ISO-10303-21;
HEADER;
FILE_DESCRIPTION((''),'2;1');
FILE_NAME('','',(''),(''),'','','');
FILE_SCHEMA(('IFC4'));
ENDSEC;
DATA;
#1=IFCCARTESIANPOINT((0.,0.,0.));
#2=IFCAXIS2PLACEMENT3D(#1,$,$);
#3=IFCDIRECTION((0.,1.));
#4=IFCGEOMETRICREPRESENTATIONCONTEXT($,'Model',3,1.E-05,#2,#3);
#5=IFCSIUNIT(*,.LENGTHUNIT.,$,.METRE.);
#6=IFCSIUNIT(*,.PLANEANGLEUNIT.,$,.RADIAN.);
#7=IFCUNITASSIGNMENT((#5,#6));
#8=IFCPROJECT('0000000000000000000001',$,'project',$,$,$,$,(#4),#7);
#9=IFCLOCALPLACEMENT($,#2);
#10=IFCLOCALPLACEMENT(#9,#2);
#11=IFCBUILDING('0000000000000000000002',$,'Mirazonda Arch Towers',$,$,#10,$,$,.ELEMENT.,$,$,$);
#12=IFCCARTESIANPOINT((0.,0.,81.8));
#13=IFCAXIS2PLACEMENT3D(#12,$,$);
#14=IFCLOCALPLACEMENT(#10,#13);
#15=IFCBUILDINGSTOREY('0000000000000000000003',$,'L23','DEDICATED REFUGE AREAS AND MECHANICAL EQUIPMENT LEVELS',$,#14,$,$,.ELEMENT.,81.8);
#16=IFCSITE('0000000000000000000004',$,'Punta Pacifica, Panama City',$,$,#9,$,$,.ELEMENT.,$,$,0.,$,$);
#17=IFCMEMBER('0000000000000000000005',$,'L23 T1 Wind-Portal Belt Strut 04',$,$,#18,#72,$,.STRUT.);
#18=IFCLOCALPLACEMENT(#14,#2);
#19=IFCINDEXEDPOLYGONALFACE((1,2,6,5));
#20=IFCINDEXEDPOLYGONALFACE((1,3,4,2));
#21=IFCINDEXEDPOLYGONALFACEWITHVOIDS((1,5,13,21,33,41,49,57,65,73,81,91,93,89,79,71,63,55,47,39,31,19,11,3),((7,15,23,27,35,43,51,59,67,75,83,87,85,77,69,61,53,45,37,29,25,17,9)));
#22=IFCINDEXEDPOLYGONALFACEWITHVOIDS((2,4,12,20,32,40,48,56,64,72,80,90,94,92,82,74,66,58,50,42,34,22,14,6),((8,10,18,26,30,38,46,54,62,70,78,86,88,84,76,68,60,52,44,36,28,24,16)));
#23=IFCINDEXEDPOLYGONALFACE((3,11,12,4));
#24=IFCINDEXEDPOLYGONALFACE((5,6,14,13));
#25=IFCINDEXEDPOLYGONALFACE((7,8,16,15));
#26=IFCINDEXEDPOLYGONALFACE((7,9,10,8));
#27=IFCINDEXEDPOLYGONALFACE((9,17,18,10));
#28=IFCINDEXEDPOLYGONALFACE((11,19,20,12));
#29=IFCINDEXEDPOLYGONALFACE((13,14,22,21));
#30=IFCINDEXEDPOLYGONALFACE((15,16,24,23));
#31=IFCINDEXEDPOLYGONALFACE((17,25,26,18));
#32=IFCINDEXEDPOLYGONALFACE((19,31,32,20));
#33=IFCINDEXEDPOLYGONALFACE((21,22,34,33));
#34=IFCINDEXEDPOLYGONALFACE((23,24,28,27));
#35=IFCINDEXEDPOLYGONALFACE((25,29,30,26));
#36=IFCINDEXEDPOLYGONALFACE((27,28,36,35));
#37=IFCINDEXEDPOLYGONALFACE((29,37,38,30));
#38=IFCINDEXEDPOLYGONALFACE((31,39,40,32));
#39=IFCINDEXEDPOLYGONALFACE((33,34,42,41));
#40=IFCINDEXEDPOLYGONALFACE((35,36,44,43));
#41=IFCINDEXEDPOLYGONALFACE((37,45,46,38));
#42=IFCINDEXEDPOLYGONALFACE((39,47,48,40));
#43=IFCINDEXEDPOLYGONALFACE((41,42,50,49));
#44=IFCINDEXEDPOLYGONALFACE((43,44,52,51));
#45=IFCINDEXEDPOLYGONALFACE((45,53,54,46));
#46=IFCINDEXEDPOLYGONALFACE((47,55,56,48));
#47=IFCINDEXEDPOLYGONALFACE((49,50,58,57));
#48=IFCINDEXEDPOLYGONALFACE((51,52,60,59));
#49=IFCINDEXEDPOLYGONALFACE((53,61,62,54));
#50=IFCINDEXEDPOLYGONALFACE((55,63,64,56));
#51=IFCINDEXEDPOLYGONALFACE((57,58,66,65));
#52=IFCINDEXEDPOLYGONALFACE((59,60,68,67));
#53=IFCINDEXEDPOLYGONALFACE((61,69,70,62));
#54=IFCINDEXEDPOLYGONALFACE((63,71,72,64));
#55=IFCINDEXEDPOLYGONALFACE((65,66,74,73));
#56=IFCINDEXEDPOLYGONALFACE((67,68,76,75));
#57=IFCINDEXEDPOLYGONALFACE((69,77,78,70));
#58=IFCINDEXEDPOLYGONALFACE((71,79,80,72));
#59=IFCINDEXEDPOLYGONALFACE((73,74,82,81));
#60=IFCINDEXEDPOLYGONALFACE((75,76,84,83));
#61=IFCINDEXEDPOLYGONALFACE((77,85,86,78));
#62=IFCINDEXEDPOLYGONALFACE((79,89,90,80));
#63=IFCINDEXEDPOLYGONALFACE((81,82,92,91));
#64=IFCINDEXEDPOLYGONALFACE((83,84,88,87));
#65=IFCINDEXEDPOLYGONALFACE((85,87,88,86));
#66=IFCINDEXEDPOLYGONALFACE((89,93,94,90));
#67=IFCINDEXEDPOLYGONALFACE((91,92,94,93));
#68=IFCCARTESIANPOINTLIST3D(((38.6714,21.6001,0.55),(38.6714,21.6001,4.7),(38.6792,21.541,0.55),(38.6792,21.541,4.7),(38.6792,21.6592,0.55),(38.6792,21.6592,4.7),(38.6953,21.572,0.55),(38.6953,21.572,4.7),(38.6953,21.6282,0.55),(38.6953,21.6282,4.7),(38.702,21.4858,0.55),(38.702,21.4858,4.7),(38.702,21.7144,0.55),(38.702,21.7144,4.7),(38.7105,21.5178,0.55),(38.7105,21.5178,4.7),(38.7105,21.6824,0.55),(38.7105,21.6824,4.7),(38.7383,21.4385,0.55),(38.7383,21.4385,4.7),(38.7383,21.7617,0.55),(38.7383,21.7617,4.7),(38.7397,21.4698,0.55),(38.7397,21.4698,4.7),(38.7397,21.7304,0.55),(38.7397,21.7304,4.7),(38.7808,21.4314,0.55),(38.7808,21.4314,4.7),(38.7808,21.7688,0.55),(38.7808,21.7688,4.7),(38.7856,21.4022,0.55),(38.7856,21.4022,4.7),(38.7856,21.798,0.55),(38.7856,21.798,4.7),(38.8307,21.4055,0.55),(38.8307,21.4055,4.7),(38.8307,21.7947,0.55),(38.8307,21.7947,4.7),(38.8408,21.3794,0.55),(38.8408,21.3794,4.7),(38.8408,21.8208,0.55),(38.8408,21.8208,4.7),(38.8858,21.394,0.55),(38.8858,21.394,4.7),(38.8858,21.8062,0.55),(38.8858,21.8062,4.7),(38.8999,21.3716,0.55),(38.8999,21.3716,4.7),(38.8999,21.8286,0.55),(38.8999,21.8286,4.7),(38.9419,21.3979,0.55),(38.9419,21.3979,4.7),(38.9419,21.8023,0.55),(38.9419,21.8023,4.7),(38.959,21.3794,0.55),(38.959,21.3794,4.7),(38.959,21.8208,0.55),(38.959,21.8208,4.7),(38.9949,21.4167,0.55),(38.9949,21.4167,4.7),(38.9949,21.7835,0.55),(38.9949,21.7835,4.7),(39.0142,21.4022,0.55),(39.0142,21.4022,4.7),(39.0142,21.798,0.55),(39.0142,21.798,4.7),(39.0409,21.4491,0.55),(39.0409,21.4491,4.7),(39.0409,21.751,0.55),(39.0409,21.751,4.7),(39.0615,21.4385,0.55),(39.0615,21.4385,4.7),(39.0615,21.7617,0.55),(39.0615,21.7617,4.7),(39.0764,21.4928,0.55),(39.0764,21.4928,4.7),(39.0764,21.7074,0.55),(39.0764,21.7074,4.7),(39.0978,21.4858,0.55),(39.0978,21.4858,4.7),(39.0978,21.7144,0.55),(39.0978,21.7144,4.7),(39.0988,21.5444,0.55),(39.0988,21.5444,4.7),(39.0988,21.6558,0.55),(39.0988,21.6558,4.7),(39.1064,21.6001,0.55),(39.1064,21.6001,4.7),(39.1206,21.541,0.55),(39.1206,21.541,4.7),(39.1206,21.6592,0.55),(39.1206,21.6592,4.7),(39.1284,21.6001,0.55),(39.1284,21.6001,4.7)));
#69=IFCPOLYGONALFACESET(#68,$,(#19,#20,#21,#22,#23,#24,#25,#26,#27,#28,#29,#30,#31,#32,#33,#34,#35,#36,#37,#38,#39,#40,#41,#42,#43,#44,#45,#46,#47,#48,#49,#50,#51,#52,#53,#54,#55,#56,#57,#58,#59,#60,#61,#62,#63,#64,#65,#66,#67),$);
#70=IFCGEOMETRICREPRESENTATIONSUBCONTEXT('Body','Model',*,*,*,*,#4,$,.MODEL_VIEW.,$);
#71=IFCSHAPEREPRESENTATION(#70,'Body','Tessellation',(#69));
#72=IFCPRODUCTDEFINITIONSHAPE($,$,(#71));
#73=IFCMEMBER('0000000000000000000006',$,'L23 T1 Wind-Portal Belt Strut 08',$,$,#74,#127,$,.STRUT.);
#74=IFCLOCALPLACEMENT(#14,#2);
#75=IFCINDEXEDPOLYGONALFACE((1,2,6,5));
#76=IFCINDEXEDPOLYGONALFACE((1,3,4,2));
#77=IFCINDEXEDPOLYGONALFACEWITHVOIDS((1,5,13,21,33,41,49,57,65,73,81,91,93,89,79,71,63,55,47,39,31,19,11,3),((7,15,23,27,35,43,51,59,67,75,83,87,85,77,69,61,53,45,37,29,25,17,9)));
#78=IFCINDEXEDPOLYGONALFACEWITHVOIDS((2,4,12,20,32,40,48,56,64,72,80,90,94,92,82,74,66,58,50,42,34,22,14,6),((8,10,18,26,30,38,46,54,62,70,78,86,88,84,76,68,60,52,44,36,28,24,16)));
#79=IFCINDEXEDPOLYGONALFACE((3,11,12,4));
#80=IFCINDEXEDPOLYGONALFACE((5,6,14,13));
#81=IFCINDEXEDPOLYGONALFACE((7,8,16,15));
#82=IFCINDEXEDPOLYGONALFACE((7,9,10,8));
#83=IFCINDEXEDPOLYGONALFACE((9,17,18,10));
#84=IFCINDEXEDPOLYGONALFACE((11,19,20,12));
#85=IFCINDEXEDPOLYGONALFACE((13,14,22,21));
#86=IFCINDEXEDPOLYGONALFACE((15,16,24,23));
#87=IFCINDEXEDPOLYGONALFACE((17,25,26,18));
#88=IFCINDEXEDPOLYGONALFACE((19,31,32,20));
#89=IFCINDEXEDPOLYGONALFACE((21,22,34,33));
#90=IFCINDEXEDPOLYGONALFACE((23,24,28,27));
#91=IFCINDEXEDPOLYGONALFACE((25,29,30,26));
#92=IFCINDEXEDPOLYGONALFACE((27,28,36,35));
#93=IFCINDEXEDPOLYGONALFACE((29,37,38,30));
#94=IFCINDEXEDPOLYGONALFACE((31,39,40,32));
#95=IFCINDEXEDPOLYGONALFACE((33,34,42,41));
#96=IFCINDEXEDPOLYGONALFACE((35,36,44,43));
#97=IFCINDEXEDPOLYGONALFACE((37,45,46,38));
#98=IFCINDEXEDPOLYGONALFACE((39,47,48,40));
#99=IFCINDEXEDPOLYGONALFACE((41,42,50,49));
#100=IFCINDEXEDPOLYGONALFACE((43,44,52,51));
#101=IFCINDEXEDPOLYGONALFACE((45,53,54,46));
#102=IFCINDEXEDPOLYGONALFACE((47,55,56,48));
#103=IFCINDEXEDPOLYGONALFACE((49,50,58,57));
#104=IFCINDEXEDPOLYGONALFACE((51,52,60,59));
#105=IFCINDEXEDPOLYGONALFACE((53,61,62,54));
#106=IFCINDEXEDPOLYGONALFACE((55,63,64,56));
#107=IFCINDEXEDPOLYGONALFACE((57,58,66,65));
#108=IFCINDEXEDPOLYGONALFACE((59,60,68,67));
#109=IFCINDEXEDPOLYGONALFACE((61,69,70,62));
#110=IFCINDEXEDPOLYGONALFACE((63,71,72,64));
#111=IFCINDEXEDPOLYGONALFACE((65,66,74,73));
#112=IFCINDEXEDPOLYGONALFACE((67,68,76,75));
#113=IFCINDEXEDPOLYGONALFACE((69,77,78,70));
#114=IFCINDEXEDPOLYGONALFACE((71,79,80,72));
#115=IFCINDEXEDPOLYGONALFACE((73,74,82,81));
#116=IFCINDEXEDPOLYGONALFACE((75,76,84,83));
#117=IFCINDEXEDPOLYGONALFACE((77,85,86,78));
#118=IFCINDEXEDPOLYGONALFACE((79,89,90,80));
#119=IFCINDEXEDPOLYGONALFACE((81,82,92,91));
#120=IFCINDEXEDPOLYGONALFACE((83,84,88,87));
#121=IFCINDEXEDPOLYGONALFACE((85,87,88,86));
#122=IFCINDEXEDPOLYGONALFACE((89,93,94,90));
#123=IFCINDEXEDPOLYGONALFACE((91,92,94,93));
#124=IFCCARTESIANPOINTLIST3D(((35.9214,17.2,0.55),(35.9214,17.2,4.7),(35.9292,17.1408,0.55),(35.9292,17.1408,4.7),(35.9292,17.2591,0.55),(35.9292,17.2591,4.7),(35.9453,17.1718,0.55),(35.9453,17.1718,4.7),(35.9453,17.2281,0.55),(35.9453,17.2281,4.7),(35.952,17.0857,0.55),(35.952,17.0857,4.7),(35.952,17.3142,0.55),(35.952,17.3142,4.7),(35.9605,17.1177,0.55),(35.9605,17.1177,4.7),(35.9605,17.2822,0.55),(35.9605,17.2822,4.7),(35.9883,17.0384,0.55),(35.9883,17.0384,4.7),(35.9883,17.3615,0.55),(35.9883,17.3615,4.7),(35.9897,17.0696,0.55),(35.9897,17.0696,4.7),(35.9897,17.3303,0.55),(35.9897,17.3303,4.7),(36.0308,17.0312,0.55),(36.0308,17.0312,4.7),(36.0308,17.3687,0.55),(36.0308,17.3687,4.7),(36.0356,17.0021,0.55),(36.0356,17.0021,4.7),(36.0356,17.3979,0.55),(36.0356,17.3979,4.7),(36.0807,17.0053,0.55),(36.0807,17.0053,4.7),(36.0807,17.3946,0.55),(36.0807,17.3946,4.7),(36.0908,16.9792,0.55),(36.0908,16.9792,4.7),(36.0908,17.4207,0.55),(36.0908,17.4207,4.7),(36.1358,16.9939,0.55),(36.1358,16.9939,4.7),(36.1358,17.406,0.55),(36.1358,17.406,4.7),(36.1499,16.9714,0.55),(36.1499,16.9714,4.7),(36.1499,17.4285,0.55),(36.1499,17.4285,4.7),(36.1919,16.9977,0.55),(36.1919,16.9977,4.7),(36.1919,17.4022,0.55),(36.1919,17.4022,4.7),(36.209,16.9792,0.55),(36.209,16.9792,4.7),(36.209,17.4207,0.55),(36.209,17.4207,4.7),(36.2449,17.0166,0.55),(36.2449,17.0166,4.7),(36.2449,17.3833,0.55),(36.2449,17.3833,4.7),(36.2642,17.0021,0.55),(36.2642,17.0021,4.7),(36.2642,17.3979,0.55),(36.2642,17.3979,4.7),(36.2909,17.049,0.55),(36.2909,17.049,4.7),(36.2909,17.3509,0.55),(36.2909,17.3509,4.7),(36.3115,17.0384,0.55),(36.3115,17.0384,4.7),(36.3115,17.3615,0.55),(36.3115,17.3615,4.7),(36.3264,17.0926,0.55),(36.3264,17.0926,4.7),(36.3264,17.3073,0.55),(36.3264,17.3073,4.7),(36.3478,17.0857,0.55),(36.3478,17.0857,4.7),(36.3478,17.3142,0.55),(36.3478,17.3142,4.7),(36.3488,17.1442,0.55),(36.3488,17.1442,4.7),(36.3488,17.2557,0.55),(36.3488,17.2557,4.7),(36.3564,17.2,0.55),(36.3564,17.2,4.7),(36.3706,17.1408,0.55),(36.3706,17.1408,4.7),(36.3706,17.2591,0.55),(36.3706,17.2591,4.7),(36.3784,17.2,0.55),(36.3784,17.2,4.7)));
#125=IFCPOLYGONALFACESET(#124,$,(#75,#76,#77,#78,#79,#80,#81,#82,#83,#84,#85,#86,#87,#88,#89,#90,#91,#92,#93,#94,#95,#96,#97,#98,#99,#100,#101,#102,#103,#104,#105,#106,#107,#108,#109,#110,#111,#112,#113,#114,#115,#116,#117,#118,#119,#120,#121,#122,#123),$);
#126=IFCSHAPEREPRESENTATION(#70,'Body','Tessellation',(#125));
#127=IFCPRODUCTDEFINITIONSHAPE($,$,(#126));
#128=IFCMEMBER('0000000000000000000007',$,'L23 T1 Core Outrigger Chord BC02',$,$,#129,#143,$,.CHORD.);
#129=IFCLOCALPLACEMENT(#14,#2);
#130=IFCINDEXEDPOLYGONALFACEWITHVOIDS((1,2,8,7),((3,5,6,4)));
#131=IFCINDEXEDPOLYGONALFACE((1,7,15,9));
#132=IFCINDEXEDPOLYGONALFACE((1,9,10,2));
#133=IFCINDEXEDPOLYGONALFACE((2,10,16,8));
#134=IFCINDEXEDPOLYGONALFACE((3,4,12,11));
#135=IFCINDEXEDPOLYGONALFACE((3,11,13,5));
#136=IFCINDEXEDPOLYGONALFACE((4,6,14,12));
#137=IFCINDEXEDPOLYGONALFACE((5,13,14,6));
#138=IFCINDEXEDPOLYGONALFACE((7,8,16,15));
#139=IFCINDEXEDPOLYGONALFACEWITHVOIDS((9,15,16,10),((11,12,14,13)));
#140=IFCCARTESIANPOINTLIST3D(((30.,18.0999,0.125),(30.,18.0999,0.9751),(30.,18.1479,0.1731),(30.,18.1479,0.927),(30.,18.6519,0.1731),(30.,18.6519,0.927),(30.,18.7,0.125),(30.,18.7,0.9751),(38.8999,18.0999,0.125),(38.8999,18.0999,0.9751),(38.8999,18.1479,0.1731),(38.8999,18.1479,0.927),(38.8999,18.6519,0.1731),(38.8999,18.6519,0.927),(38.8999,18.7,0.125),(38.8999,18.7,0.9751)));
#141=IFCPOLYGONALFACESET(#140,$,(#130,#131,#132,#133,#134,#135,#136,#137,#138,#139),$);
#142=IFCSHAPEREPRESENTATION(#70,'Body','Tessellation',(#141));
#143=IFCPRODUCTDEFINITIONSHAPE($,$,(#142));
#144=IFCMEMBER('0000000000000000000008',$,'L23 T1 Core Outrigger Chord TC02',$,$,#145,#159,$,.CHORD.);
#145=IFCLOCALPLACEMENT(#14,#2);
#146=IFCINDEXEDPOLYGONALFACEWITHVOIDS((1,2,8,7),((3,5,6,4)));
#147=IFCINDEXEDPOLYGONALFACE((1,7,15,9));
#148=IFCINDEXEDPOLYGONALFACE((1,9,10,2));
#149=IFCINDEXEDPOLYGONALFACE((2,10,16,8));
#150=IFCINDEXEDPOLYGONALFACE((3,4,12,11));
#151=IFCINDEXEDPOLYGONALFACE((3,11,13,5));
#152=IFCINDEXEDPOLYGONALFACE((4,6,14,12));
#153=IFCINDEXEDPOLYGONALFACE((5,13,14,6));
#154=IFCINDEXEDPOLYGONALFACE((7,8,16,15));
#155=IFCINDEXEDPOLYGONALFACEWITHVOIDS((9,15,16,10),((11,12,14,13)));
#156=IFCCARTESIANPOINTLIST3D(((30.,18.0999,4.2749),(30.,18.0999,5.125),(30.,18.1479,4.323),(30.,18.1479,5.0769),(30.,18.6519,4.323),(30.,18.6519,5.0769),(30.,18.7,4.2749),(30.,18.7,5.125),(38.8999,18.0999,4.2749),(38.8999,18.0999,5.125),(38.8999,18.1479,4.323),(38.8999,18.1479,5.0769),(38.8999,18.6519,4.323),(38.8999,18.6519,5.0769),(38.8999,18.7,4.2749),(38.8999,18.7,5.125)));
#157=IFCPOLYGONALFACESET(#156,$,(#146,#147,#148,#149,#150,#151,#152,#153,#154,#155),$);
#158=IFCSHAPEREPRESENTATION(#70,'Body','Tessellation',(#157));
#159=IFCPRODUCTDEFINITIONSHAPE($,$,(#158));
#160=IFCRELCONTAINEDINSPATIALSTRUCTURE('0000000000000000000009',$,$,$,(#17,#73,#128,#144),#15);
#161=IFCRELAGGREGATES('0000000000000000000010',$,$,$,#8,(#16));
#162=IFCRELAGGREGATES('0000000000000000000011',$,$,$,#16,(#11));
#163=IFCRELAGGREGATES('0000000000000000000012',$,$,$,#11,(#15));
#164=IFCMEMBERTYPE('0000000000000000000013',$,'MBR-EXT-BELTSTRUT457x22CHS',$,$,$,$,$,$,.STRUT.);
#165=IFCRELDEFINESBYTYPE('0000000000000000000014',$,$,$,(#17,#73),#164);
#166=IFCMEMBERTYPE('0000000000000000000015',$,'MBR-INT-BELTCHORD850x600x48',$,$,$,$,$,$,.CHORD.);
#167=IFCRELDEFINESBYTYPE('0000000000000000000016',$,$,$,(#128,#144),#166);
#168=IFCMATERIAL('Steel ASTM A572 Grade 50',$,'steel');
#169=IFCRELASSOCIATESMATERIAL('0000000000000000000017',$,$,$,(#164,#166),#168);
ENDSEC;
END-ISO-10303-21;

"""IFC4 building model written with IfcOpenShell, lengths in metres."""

from ifc_helpers import new_model, si_unit, direction, frame, origin, origin_2d, place, context, subcontext, project, spatial, hollow_rectangle, hollow_circle, extrude, material, material_profile, profile_set, type_object, element, save


model = new_model("IFC4")

# Units and contexts
model_context = context("Model", 3, precision=1e-05, world=origin(), true_north=direction((0.0, 1.0)))
body_context = subcontext(model_context, "Body", "Model", "MODEL_VIEW")
ifc_project = project(units=[si_unit("LENGTHUNIT", "METRE"), si_unit("PLANEANGLEUNIT", "RADIAN")], contexts=[model_context])

# Site, building, storey
site_placement = place(None, origin())
site = spatial("IfcSite", under=ifc_project, at=site_placement, Name="Punta Pacifica, Panama City", CompositionType="ELEMENT", RefElevation=0.0)
building_placement = place(site_placement, origin())
building = spatial("IfcBuilding", under=site, at=building_placement, Name="Mirazonda Arch Towers", CompositionType="ELEMENT")
storey_placement = place(building_placement, frame((0.0, 0.0, 81.8)))
storey = spatial("IfcBuildingStorey", under=building, at=storey_placement, Name="L23", Description="DEDICATED REFUGE AREAS AND MECHANICAL EQUIPMENT LEVELS", CompositionType="ELEMENT", Elevation=81.8)

# Shared definitions
ifc_material_1 = material(Name="Steel ASTM A572 Grade 50", Category="steel")

# Members
ifc_material_profile_1 = material_profile(ifc_material_1, hollow_circle(Radius=0.2285, WallThickness=0.022, at=origin_2d()), Name="BELTSTRUT457x22CHS")
ifc_profile_set_1 = profile_set([ifc_material_profile_1], Name="Steel ASTM A572 Grade 50")
member_type_1 = type_object("IfcMemberType", Name="MBR-EXT-BELTSTRUT457x22CHS", PredefinedType="STRUT", material=ifc_profile_set_1)
for number, where, z_axis, x_axis, name in (
    (1, (38.8999, 21.6001, 0.55), (0.0, 0.0, 1.0), (1.0, 0.0, 0.0), "L23 T1 Wind-Portal Belt Strut 04"),
    (2, (36.1499, 17.2, 0.55), (0.0, 0.0, 1.0), (1.0, 0.0, 0.0), "L23 T1 Wind-Portal Belt Strut 08"),
):
    element("IfcMember", number, at=place(storey_placement, frame(where, z_axis=z_axis, x_axis=x_axis)), inside=storey, type_object=member_type_1, Name=name, PredefinedType="STRUT", context=body_context, shape_type="SweptSolid", body=[
        extrude(hollow_circle(Radius=0.2285, WallThickness=0.022, at=origin_2d()), origin(), (0.0, 0.0, 1.0), 4.1499),
    ])
ifc_material_profile_2 = material_profile(ifc_material_1, hollow_rectangle(XDim=0.6001, YDim=0.8501, WallThickness=0.0481, at=origin_2d()), Name="BELTCHORD850x600x48")
ifc_profile_set_2 = profile_set([ifc_material_profile_2], Name="Steel ASTM A572 Grade 50")
member_type_2 = type_object("IfcMemberType", Name="MBR-INT-BELTCHORD850x600x48", PredefinedType="CHORD", material=ifc_profile_set_2)
for number, where, z_axis, x_axis, name in (
    (3, (30.0, 18.3999, 0.55), (1.0, 0.0, 0.0), (0.0, 1.0, 0.0), "L23 T1 Core Outrigger Chord BC02"),
    (4, (30.0, 18.3999, 4.7), (1.0, 0.0, 0.0), (0.0, 1.0, 0.0), "L23 T1 Core Outrigger Chord TC02"),
):
    element("IfcMember", number, at=place(storey_placement, frame(where, z_axis=z_axis, x_axis=x_axis)), inside=storey, type_object=member_type_2, Name=name, PredefinedType="CHORD", context=body_context, shape_type="SweptSolid", body=[
        extrude(hollow_rectangle(XDim=0.6001, YDim=0.8501, WallThickness=0.0481, at=origin_2d()), origin(), (0.0, 0.0, 1.0), 8.8999),
    ])

save(model, "model.ifc")
